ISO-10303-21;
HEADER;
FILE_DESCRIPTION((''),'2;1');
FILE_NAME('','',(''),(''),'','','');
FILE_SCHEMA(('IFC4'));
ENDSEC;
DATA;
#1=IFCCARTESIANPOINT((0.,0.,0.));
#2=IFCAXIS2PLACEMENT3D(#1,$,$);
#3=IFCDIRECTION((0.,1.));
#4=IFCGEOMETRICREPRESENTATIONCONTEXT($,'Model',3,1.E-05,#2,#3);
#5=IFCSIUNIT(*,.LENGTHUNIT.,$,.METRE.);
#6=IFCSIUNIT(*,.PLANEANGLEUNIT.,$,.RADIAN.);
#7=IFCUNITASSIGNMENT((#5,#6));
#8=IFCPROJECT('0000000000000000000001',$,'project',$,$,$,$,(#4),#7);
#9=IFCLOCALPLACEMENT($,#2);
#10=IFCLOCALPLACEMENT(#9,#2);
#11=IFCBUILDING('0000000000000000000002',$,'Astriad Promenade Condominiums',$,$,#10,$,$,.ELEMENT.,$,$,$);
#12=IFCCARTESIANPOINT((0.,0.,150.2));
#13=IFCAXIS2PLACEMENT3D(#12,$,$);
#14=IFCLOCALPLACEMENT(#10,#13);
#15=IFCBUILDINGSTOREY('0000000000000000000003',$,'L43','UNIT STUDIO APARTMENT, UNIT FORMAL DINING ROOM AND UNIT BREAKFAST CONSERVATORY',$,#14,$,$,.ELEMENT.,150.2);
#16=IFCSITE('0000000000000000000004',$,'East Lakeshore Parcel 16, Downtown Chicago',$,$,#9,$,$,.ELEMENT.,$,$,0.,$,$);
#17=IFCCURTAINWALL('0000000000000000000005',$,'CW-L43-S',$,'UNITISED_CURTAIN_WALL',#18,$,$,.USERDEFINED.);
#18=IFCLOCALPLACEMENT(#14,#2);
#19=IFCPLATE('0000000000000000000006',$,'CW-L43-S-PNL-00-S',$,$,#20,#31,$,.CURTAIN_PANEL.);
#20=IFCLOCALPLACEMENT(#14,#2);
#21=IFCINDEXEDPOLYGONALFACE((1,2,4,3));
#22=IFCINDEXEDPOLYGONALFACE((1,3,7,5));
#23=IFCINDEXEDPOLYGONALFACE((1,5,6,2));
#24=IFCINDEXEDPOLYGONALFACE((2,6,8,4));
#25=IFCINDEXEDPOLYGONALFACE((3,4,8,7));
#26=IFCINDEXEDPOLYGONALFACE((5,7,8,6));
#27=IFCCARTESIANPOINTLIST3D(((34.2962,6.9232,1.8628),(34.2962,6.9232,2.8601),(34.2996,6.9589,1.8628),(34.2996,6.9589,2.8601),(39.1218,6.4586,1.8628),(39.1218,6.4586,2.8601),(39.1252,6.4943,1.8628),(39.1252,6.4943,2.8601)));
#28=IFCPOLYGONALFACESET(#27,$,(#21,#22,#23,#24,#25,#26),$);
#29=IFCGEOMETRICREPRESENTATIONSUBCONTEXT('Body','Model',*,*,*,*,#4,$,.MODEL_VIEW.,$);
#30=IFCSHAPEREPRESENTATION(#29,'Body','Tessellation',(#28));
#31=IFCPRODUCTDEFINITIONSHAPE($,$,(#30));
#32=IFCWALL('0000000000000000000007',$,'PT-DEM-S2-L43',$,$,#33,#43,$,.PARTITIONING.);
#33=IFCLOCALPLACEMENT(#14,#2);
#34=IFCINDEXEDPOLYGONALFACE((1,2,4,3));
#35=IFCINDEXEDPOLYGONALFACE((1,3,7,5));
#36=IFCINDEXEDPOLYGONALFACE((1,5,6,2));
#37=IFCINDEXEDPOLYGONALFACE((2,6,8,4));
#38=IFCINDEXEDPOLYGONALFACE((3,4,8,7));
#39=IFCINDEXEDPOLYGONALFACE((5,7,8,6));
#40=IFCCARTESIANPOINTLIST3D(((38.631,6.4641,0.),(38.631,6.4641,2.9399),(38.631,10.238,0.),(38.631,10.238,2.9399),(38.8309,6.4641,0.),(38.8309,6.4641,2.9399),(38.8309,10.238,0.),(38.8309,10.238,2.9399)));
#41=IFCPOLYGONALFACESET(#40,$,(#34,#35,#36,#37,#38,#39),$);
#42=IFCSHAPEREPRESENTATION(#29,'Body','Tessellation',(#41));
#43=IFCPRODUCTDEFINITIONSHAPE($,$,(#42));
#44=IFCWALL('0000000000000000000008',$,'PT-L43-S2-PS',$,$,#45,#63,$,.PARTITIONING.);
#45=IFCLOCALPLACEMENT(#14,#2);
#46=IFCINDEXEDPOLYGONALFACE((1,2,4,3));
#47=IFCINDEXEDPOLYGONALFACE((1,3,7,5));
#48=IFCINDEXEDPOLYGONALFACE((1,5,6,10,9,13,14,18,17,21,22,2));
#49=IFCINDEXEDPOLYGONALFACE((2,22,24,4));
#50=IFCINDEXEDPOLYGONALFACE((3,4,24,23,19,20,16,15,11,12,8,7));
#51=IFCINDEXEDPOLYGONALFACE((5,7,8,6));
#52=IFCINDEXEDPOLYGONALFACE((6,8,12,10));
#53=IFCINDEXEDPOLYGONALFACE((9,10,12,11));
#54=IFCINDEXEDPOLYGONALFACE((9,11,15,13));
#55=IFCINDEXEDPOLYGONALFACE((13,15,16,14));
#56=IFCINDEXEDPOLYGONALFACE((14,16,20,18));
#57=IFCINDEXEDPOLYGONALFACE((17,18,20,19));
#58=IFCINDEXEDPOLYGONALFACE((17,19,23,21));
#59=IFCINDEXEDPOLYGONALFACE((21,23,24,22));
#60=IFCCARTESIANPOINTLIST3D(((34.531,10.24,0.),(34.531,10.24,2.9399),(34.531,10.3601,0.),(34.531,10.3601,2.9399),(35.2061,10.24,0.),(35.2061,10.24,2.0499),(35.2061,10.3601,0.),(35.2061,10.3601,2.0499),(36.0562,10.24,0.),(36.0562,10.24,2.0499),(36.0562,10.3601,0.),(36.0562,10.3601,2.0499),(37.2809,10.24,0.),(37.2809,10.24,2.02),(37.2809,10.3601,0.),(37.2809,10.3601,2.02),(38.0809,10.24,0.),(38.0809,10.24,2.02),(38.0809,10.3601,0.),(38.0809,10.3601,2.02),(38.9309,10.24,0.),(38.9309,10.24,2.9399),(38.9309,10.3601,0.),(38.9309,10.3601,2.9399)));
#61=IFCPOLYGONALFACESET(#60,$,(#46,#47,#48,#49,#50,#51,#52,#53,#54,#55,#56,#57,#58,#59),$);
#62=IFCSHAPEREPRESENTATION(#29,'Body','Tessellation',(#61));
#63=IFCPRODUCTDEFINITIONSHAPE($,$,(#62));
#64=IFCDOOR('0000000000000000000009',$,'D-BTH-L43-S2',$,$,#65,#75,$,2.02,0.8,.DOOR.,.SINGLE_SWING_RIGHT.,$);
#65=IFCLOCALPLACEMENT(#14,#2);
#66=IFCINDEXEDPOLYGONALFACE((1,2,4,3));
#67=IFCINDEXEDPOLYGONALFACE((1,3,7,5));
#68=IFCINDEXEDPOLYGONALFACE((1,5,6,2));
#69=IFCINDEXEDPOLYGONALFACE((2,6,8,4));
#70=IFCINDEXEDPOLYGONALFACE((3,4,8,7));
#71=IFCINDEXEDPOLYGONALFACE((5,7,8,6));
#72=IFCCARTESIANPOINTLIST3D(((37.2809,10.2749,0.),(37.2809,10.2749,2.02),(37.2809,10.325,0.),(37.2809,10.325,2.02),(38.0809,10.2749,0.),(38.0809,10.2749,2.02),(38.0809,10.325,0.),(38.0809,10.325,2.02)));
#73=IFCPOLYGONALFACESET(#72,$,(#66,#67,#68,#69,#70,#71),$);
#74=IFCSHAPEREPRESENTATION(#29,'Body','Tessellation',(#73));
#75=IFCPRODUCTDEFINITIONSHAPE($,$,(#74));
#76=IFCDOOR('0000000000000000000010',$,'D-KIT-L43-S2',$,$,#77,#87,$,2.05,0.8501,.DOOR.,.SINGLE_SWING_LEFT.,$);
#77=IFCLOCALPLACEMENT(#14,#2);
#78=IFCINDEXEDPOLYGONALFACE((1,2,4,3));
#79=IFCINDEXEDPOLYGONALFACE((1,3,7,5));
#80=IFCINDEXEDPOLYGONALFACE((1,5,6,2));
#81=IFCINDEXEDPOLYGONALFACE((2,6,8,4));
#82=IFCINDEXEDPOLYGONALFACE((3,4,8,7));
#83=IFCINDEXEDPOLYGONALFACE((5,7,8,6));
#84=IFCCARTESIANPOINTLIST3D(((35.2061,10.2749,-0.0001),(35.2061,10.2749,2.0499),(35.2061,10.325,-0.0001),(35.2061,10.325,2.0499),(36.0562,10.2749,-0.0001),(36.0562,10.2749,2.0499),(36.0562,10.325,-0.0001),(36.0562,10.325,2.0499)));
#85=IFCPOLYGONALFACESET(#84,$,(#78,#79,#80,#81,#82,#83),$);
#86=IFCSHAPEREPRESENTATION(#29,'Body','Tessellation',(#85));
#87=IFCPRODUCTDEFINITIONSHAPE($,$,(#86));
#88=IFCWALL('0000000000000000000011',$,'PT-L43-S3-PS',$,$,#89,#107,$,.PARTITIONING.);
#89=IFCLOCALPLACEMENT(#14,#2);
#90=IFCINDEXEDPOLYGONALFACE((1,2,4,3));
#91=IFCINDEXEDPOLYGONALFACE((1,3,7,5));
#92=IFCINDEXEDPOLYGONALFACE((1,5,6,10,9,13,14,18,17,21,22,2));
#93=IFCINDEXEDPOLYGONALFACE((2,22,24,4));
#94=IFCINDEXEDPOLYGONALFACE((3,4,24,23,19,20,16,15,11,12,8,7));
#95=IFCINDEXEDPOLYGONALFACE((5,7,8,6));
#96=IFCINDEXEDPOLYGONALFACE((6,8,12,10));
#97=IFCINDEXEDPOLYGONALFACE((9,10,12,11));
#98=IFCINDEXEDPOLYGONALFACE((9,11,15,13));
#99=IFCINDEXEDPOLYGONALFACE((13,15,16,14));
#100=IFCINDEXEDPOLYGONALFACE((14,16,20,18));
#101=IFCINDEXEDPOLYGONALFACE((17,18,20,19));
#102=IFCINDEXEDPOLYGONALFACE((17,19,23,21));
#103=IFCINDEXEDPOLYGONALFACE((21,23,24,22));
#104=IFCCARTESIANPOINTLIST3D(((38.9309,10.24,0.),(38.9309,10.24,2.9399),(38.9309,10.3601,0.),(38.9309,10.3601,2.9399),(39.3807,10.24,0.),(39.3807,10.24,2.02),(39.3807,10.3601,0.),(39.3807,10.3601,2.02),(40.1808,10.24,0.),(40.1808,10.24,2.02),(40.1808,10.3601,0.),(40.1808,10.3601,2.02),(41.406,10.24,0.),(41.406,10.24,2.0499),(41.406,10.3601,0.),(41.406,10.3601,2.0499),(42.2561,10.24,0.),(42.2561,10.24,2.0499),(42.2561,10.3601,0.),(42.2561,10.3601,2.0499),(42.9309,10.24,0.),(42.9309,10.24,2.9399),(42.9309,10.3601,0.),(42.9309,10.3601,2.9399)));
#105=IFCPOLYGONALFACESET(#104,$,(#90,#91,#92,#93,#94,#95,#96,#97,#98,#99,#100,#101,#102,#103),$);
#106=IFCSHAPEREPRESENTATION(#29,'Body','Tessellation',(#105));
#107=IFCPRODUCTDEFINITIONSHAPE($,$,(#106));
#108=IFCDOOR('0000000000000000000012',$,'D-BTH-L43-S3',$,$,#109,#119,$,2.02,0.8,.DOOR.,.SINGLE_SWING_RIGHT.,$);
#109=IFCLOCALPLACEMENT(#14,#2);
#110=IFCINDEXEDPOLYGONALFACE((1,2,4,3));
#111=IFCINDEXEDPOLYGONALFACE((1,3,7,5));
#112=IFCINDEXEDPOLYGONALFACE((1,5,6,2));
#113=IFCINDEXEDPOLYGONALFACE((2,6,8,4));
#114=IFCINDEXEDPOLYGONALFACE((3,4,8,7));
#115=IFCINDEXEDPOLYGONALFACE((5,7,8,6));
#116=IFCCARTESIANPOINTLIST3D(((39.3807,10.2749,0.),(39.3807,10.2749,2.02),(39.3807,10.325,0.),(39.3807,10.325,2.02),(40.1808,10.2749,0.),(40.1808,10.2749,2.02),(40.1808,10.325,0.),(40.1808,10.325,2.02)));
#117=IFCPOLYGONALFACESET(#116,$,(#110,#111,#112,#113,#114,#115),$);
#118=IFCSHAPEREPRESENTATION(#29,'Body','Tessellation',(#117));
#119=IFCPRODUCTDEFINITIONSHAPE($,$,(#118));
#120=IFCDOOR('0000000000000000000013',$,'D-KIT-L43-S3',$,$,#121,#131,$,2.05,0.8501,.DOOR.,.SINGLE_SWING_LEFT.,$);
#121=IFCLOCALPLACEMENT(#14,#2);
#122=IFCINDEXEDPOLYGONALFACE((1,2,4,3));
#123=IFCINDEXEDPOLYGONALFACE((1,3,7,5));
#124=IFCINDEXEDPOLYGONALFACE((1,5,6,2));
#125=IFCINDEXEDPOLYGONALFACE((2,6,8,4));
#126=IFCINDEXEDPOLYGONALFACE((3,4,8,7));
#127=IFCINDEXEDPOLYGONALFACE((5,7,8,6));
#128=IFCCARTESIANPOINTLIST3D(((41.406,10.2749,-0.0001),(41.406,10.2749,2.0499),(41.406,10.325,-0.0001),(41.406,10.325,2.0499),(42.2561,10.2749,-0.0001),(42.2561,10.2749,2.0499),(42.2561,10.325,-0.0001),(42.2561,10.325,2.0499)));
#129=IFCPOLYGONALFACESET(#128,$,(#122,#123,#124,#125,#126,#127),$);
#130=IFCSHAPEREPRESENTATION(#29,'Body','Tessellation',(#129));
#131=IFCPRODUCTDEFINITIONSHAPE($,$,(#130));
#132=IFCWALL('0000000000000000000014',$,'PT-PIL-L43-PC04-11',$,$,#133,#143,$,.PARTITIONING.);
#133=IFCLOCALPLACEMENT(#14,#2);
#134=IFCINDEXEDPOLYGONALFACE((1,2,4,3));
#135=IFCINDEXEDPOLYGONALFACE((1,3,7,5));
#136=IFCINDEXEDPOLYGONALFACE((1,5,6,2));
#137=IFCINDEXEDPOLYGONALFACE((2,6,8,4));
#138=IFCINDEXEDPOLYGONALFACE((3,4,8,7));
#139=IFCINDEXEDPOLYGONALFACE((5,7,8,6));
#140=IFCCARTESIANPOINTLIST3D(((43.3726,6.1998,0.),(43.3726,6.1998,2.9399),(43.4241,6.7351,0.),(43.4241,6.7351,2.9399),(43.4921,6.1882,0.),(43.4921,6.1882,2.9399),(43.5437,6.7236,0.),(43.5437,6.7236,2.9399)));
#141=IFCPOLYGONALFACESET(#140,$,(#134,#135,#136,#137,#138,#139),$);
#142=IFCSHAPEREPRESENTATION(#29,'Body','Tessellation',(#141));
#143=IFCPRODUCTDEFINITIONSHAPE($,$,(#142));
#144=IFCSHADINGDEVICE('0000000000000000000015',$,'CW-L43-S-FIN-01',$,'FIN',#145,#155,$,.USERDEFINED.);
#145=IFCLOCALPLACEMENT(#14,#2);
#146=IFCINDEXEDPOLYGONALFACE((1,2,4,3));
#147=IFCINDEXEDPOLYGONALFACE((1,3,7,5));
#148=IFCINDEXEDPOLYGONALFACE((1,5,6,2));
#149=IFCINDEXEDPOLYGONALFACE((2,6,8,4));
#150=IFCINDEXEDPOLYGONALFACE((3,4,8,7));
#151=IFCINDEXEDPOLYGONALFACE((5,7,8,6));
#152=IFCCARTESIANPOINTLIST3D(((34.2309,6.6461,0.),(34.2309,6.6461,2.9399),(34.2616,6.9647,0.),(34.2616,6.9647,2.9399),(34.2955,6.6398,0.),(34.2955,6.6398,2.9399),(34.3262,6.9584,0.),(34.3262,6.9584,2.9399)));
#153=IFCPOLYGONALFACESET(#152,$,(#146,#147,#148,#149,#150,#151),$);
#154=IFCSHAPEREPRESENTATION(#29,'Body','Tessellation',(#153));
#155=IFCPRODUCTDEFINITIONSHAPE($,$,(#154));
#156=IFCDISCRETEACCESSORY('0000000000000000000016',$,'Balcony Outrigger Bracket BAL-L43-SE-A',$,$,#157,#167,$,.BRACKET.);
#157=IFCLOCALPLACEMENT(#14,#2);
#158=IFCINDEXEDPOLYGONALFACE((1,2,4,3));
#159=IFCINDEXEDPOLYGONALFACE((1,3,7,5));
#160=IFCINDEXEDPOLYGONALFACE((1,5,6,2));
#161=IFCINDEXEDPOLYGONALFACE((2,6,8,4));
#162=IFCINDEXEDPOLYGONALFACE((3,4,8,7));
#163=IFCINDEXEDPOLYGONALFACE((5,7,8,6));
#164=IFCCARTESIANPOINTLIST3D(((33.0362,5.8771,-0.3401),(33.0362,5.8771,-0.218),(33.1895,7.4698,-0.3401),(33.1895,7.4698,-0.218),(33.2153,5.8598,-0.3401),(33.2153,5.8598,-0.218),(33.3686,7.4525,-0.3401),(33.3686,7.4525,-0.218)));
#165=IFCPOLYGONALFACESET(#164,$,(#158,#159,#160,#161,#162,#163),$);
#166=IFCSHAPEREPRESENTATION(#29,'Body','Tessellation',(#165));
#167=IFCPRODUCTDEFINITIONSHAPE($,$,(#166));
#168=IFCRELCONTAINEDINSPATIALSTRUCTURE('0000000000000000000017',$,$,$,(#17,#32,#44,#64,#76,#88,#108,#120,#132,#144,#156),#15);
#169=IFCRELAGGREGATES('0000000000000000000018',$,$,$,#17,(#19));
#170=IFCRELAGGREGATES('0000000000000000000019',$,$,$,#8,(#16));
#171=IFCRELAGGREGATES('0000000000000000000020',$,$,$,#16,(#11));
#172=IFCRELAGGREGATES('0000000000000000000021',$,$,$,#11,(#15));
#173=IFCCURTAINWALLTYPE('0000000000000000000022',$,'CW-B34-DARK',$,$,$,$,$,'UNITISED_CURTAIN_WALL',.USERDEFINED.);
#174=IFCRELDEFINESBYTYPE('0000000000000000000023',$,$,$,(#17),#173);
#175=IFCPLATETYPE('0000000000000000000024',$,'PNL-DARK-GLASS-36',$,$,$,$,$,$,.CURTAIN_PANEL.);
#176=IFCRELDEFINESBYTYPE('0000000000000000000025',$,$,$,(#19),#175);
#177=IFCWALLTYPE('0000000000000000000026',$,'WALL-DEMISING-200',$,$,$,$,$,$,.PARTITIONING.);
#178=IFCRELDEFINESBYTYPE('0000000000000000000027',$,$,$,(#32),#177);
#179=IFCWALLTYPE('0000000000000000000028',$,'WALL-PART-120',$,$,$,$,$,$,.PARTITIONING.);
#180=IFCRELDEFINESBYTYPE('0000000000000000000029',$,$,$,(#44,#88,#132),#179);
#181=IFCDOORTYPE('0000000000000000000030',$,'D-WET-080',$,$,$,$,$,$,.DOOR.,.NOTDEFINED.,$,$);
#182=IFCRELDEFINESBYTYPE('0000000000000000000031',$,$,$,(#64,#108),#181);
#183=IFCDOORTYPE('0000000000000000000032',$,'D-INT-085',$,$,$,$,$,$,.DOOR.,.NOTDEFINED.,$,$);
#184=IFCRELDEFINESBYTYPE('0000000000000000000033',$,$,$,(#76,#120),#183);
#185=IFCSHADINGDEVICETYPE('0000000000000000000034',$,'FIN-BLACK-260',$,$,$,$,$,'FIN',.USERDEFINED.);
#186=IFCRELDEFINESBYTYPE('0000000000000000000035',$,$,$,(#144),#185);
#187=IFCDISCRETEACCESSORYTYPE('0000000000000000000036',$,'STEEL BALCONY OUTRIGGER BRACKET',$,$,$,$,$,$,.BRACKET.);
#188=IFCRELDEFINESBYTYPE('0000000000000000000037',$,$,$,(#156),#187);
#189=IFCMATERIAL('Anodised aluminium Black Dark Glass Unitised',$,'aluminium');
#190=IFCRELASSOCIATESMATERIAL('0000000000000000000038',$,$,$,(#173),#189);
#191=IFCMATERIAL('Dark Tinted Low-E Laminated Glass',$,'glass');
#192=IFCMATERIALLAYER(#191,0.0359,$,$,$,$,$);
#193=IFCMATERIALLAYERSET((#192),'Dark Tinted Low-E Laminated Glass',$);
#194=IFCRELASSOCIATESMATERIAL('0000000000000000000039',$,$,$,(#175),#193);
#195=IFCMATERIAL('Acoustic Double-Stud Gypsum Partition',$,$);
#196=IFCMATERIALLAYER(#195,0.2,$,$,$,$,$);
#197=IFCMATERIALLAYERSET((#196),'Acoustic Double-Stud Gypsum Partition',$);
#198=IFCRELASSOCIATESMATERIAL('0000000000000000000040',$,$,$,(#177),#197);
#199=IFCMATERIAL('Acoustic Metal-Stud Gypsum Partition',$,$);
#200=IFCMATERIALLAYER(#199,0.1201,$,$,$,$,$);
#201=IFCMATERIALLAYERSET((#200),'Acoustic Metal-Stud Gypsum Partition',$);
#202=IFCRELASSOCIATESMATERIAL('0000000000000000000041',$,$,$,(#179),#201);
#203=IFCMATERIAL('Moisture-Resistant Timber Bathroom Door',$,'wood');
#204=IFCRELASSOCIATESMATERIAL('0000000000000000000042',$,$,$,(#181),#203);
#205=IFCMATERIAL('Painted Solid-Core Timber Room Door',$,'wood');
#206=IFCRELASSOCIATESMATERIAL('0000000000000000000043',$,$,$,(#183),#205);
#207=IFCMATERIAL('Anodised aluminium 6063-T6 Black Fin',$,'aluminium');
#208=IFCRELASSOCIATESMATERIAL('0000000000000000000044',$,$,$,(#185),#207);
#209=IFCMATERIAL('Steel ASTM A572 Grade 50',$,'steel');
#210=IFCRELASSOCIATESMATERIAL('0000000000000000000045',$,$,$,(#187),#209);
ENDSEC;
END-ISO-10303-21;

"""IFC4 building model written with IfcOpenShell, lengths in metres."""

from ifc_helpers import new_model, si_unit, direction, frame, frame_2d, origin, origin_2d, place, context, subcontext, project, spatial, rectangle, extrude, source, transform, mapped, material, layer, layer_set, type_object, type_shapes, element, fill, aggregate, save


model = new_model("IFC4")

# Units and contexts
model_context = context("Model", 3, precision=1e-05, world=origin(), true_north=direction((0.0, 1.0)))
body_context = subcontext(model_context, "Body", "Model", "MODEL_VIEW")
ifc_project = project(units=[si_unit("LENGTHUNIT", "METRE"), si_unit("PLANEANGLEUNIT", "RADIAN")], contexts=[model_context])

# Site, building, storey
site_placement = place(None, origin())
site = spatial("IfcSite", under=ifc_project, at=site_placement, Name="East Lakeshore Parcel 16, Downtown Chicago", CompositionType="ELEMENT", RefElevation=0.0)
building_placement = place(site_placement, origin())
building = spatial("IfcBuilding", under=site, at=building_placement, Name="Astriad Promenade Condominiums", CompositionType="ELEMENT")
storey_placement = place(building_placement, frame((0.0, 0.0, 150.2)))
storey = spatial("IfcBuildingStorey", under=building, at=storey_placement, Name="L43", Description="UNIT STUDIO APARTMENT, UNIT FORMAL DINING ROOM AND UNIT BREAKFAST CONSERVATORY", CompositionType="ELEMENT", Elevation=150.2)

# Curtain wall, plate
ifc_material_1 = material(Name="Anodised aluminium Black Dark Glass Unitised", Category="aluminium")
curtain_wall_type = type_object("IfcCurtainWallType", Name="CW-B34-DARK", ElementType="UNITISED_CURTAIN_WALL", PredefinedType="USERDEFINED", material=ifc_material_1)
curtain_wall_placement = place(storey_placement, origin())
curtain_wall = element("IfcCurtainWall", 1, at=curtain_wall_placement, inside=storey, type_object=curtain_wall_type, Name="CW-L43-S", ObjectType="UNITISED_CURTAIN_WALL", PredefinedType="USERDEFINED")
ifc_material_2 = material(Name="Dark Tinted Low-E Laminated Glass", Category="glass")
ifc_layer_1 = layer(ifc_material_2, 0.0359)
ifc_layer_set_1 = layer_set([ifc_layer_1], Name="Dark Tinted Low-E Laminated Glass")
plate_type = type_object("IfcPlateType", Name="PNL-DARK-GLASS-36", PredefinedType="CURTAIN_PANEL", material=ifc_layer_set_1)
shared_shape_1 = source(origin(), body_context, "Body", "SweptSolid", [
    extrude(rectangle(XDim=4.8479, YDim=0.0359, at=origin_2d()), origin(), (0.0, 0.0, 1.0), 0.9973),
])
plate_1_placement = place(storey_placement, frame((36.7107, 6.7087, 1.8628), z_axis=(0.0, 0.0, 1.0), x_axis=(-0.995396, 0.095846, 0.0)))
plate_1 = element("IfcPlate", 2, at=plate_1_placement, type_object=plate_type, Name="CW-L43-S-PNL-00-S", PredefinedType="CURTAIN_PANEL", context=body_context, shape_type="MappedRepresentation", body=[
    mapped(shared_shape_1, transform((0.0, 0.0, 0.0), scale=1.0)),
])
aggregate(curtain_wall, [plate_1])

# Wall
ifc_material_3 = material(Name="Acoustic Double-Stud Gypsum Partition")
ifc_layer_2 = layer(ifc_material_3, 0.2)
ifc_layer_set_2 = layer_set([ifc_layer_2], Name="Acoustic Double-Stud Gypsum Partition")
wall_type_1 = type_object("IfcWallType", Name="WALL-DEMISING-200", PredefinedType="PARTITIONING", material=ifc_layer_set_2)
wall_1_placement = place(storey_placement, frame((38.731, 6.4641, 0.0), z_axis=(0.0, 0.0, 1.0), x_axis=(0.0, 1.0, 0.0)))
element("IfcWall", 3, at=wall_1_placement, inside=storey, type_object=wall_type_1, Name="PT-DEM-S2-L43", PredefinedType="PARTITIONING", context=body_context, shape_type="SweptSolid", body=[
    extrude(rectangle(XDim=3.7739, YDim=0.2, at=frame_2d((1.887, 0.0))), origin(), (0.0, 0.0, 1.0), 2.9399),
])

# Walls, openings, doors
ifc_material_4 = material(Name="Acoustic Metal-Stud Gypsum Partition")
ifc_layer_3 = layer(ifc_material_4, 0.1201)
ifc_layer_set_3 = layer_set([ifc_layer_3], Name="Acoustic Metal-Stud Gypsum Partition")
wall_type_2 = type_object("IfcWallType", Name="WALL-PART-120", PredefinedType="PARTITIONING", material=ifc_layer_set_3)
wall_2_placement = place(storey_placement, frame((34.531, 10.3, 0.0), z_axis=(0.0, 0.0, 1.0), x_axis=(1.0, 0.0, 0.0)))
wall_2 = element("IfcWall", 4, at=wall_2_placement, inside=storey, type_object=wall_type_2, Name="PT-L43-S2-PS", PredefinedType="PARTITIONING", context=body_context, shape_type="SweptSolid", body=[
    extrude(rectangle(XDim=4.3999, YDim=0.1201, at=frame_2d((2.2, 0.0))), origin(), (0.0, 0.0, 1.0), 2.9399),
])
opening_1_placement = place(wall_2_placement, frame((0.675, 0.0, 0.0)))
opening_1 = element("IfcOpeningElement", 5, at=opening_1_placement, cuts=wall_2, PredefinedType="OPENING", context=body_context, shape_type="SweptSolid", body=[
    extrude(rectangle(XDim=0.8501, YDim=2.05, at=frame_2d((0.425, 1.0249))), frame((0.0, 0.0701, 0.0), z_axis=(0.0, -1.0, 0.0), x_axis=(1.0, 0.0, 0.0)), (0.0, 0.0, 1.0), 0.1401),
])
opening_2_placement = place(wall_2_placement, frame((2.75, 0.0, 0.0)))
opening_2 = element("IfcOpeningElement", 6, at=opening_2_placement, cuts=wall_2, PredefinedType="OPENING", context=body_context, shape_type="SweptSolid", body=[
    extrude(rectangle(XDim=0.8, YDim=2.02, at=frame_2d((0.3999, 1.01))), frame((0.0, 0.0701, 0.0), z_axis=(0.0, -1.0, 0.0), x_axis=(1.0, 0.0, 0.0)), (0.0, 0.0, 1.0), 0.1401),
])
ifc_material_5 = material(Name="Moisture-Resistant Timber Bathroom Door", Category="wood")
door_type_1 = type_object("IfcDoorType", Name="D-WET-080", OperationType="NOTDEFINED", PredefinedType="DOOR", material=ifc_material_5)
shared_shape_2 = source(origin(), body_context, "Body", "SweptSolid", [
    extrude(rectangle(XDim=0.8, YDim=2.02, at=frame_2d((0.3999, 1.01))), frame((0.0, 0.0249, 0.0), z_axis=(0.0, -1.0, 0.0), x_axis=(1.0, 0.0, 0.0)), (0.0, 0.0, 1.0), 0.05),
])
type_shapes(door_type_1, [shared_shape_2])
door_1_placement = place(opening_2_placement, origin())
door_1 = element("IfcDoor", 7, at=door_1_placement, inside=storey, type_object=door_type_1, Name="D-BTH-L43-S2", OperationType="SINGLE_SWING_RIGHT", OverallHeight=2.02, OverallWidth=0.8, PredefinedType="DOOR", context=body_context, shape_type="MappedRepresentation", body=[
    mapped(shared_shape_2, transform((0.0, 0.0, 0.0), scale=1.0)),
])
fill(opening_2, door_1)
ifc_material_6 = material(Name="Painted Solid-Core Timber Room Door", Category="wood")
door_type_2 = type_object("IfcDoorType", Name="D-INT-085", OperationType="NOTDEFINED", PredefinedType="DOOR", material=ifc_material_6)
shared_shape_3 = source(origin(), body_context, "Body", "SweptSolid", [
    extrude(rectangle(XDim=0.8501, YDim=2.05, at=frame_2d((0.425, 1.0249))), frame((0.0, 0.0249, 0.0), z_axis=(0.0, -1.0, 0.0), x_axis=(1.0, 0.0, 0.0)), (0.0, 0.0, 1.0), 0.05),
])
type_shapes(door_type_2, [shared_shape_3])
door_2_placement = place(opening_1_placement, origin())
door_2 = element("IfcDoor", 8, at=door_2_placement, inside=storey, type_object=door_type_2, Name="D-KIT-L43-S2", OperationType="SINGLE_SWING_LEFT", OverallHeight=2.05, OverallWidth=0.8501, PredefinedType="DOOR", context=body_context, shape_type="MappedRepresentation", body=[
    mapped(shared_shape_3, transform((0.0, 0.0, 0.0), scale=1.0)),
])
fill(opening_1, door_2)
wall_3_placement = place(storey_placement, frame((38.9309, 10.3, 0.0), z_axis=(0.0, 0.0, 1.0), x_axis=(1.0, 0.0, 0.0)))
wall_3 = element("IfcWall", 9, at=wall_3_placement, inside=storey, type_object=wall_type_2, Name="PT-L43-S3-PS", PredefinedType="PARTITIONING", context=body_context, shape_type="SweptSolid", body=[
    extrude(rectangle(XDim=4.0, YDim=0.1201, at=frame_2d((2.0, 0.0))), origin(), (0.0, 0.0, 1.0), 2.9399),
])
opening_3_placement = place(wall_3_placement, frame((0.45, 0.0, 0.0)))
opening_3 = element("IfcOpeningElement", 10, at=opening_3_placement, cuts=wall_3, PredefinedType="OPENING", context=body_context, shape_type="SweptSolid", body=[
    extrude(rectangle(XDim=0.8, YDim=2.02, at=frame_2d((0.3999, 1.01))), frame((0.0, 0.0701, 0.0), z_axis=(0.0, -1.0, 0.0), x_axis=(1.0, 0.0, 0.0)), (0.0, 0.0, 1.0), 0.1401),
])
opening_4_placement = place(wall_3_placement, frame((2.4751, 0.0, 0.0)))
opening_4 = element("IfcOpeningElement", 11, at=opening_4_placement, cuts=wall_3, PredefinedType="OPENING", context=body_context, shape_type="SweptSolid", body=[
    extrude(rectangle(XDim=0.8501, YDim=2.05, at=frame_2d((0.425, 1.0249))), frame((0.0, 0.0701, 0.0), z_axis=(0.0, -1.0, 0.0), x_axis=(1.0, 0.0, 0.0)), (0.0, 0.0, 1.0), 0.1401),
])
door_3_placement = place(opening_3_placement, origin())
door_3 = element("IfcDoor", 12, at=door_3_placement, inside=storey, type_object=door_type_1, Name="D-BTH-L43-S3", OperationType="SINGLE_SWING_RIGHT", OverallHeight=2.02, OverallWidth=0.8, PredefinedType="DOOR", context=body_context, shape_type="MappedRepresentation", body=[
    mapped(shared_shape_2, transform((0.0, 0.0, 0.0), scale=1.0)),
])
fill(opening_3, door_3)
door_4_placement = place(opening_4_placement, origin())
door_4 = element("IfcDoor", 13, at=door_4_placement, inside=storey, type_object=door_type_2, Name="D-KIT-L43-S3", OperationType="SINGLE_SWING_LEFT", OverallHeight=2.05, OverallWidth=0.8501, PredefinedType="DOOR", context=body_context, shape_type="MappedRepresentation", body=[
    mapped(shared_shape_3, transform((0.0, 0.0, 0.0), scale=1.0)),
])
fill(opening_4, door_4)

# Wall
wall_4_placement = place(storey_placement, frame((43.4839, 6.7295, 0.0), z_axis=(0.0, 0.0, 1.0), x_axis=(-0.095773, -0.995403, 0.0)))
element("IfcWall", 14, at=wall_4_placement, inside=storey, type_object=wall_type_2, Name="PT-PIL-L43-PC04-11", PredefinedType="PARTITIONING", context=body_context, shape_type="SweptSolid", body=[
    extrude(rectangle(XDim=0.5378, YDim=0.1201, at=frame_2d((0.269, 0.0))), origin(), (0.0, 0.0, 1.0), 2.9399),
])

# Shading device
ifc_material_7 = material(Name="Anodised aluminium 6063-T6 Black Fin", Category="aluminium")
shading_device_type = type_object("IfcShadingDeviceType", Name="FIN-BLACK-260", ElementType="FIN", PredefinedType="USERDEFINED", material=ifc_material_7)
shared_shape_4 = source(origin(), body_context, "Body", "SweptSolid", [
    extrude(rectangle(XDim=0.0649, YDim=0.3201, at=origin_2d()), origin(), (0.0, 0.0, 1.0), 2.9399),
])
type_shapes(shading_device_type, [shared_shape_4])
shading_device_placement = place(storey_placement, frame((34.2786, 6.8022, 0.0), z_axis=(0.0, 0.0, 1.0), x_axis=(-0.995396, 0.095846, 0.0)))
element("IfcShadingDevice", 15, at=shading_device_placement, inside=storey, type_object=shading_device_type, Name="CW-L43-S-FIN-01", ObjectType="FIN", PredefinedType="USERDEFINED", context=body_context, shape_type="MappedRepresentation", body=[
    mapped(shared_shape_4, transform((0.0, 0.0, 0.0), scale=1.0)),
])

# Discrete accessory
ifc_material_8 = material(Name="Steel ASTM A572 Grade 50", Category="steel")
discrete_accessory_type = type_object("IfcDiscreteAccessoryType", Name="STEEL BALCONY OUTRIGGER BRACKET", PredefinedType="BRACKET", material=ifc_material_8)
shared_shape_5 = source(origin(), body_context, "Body", "SweptSolid", [
    extrude(rectangle(XDim=1.6001, YDim=0.1799, at=origin_2d()), origin(), (0.0, 0.0, 1.0), 0.1221),
])
type_shapes(discrete_accessory_type, [shared_shape_5])
discrete_accessory_placement = place(storey_placement, frame((33.2024, 6.6648, -0.3401), z_axis=(0.0, 0.0, 1.0), x_axis=(-0.095846, -0.995396, 0.0)))
element("IfcDiscreteAccessory", 16, at=discrete_accessory_placement, inside=storey, type_object=discrete_accessory_type, Name="Balcony Outrigger Bracket BAL-L43-SE-A", PredefinedType="BRACKET", context=body_context, shape_type="MappedRepresentation", body=[
    mapped(shared_shape_5, transform((0.0, 0.0, 0.0), scale=1.0)),
])

save(model, "model.ifc")
